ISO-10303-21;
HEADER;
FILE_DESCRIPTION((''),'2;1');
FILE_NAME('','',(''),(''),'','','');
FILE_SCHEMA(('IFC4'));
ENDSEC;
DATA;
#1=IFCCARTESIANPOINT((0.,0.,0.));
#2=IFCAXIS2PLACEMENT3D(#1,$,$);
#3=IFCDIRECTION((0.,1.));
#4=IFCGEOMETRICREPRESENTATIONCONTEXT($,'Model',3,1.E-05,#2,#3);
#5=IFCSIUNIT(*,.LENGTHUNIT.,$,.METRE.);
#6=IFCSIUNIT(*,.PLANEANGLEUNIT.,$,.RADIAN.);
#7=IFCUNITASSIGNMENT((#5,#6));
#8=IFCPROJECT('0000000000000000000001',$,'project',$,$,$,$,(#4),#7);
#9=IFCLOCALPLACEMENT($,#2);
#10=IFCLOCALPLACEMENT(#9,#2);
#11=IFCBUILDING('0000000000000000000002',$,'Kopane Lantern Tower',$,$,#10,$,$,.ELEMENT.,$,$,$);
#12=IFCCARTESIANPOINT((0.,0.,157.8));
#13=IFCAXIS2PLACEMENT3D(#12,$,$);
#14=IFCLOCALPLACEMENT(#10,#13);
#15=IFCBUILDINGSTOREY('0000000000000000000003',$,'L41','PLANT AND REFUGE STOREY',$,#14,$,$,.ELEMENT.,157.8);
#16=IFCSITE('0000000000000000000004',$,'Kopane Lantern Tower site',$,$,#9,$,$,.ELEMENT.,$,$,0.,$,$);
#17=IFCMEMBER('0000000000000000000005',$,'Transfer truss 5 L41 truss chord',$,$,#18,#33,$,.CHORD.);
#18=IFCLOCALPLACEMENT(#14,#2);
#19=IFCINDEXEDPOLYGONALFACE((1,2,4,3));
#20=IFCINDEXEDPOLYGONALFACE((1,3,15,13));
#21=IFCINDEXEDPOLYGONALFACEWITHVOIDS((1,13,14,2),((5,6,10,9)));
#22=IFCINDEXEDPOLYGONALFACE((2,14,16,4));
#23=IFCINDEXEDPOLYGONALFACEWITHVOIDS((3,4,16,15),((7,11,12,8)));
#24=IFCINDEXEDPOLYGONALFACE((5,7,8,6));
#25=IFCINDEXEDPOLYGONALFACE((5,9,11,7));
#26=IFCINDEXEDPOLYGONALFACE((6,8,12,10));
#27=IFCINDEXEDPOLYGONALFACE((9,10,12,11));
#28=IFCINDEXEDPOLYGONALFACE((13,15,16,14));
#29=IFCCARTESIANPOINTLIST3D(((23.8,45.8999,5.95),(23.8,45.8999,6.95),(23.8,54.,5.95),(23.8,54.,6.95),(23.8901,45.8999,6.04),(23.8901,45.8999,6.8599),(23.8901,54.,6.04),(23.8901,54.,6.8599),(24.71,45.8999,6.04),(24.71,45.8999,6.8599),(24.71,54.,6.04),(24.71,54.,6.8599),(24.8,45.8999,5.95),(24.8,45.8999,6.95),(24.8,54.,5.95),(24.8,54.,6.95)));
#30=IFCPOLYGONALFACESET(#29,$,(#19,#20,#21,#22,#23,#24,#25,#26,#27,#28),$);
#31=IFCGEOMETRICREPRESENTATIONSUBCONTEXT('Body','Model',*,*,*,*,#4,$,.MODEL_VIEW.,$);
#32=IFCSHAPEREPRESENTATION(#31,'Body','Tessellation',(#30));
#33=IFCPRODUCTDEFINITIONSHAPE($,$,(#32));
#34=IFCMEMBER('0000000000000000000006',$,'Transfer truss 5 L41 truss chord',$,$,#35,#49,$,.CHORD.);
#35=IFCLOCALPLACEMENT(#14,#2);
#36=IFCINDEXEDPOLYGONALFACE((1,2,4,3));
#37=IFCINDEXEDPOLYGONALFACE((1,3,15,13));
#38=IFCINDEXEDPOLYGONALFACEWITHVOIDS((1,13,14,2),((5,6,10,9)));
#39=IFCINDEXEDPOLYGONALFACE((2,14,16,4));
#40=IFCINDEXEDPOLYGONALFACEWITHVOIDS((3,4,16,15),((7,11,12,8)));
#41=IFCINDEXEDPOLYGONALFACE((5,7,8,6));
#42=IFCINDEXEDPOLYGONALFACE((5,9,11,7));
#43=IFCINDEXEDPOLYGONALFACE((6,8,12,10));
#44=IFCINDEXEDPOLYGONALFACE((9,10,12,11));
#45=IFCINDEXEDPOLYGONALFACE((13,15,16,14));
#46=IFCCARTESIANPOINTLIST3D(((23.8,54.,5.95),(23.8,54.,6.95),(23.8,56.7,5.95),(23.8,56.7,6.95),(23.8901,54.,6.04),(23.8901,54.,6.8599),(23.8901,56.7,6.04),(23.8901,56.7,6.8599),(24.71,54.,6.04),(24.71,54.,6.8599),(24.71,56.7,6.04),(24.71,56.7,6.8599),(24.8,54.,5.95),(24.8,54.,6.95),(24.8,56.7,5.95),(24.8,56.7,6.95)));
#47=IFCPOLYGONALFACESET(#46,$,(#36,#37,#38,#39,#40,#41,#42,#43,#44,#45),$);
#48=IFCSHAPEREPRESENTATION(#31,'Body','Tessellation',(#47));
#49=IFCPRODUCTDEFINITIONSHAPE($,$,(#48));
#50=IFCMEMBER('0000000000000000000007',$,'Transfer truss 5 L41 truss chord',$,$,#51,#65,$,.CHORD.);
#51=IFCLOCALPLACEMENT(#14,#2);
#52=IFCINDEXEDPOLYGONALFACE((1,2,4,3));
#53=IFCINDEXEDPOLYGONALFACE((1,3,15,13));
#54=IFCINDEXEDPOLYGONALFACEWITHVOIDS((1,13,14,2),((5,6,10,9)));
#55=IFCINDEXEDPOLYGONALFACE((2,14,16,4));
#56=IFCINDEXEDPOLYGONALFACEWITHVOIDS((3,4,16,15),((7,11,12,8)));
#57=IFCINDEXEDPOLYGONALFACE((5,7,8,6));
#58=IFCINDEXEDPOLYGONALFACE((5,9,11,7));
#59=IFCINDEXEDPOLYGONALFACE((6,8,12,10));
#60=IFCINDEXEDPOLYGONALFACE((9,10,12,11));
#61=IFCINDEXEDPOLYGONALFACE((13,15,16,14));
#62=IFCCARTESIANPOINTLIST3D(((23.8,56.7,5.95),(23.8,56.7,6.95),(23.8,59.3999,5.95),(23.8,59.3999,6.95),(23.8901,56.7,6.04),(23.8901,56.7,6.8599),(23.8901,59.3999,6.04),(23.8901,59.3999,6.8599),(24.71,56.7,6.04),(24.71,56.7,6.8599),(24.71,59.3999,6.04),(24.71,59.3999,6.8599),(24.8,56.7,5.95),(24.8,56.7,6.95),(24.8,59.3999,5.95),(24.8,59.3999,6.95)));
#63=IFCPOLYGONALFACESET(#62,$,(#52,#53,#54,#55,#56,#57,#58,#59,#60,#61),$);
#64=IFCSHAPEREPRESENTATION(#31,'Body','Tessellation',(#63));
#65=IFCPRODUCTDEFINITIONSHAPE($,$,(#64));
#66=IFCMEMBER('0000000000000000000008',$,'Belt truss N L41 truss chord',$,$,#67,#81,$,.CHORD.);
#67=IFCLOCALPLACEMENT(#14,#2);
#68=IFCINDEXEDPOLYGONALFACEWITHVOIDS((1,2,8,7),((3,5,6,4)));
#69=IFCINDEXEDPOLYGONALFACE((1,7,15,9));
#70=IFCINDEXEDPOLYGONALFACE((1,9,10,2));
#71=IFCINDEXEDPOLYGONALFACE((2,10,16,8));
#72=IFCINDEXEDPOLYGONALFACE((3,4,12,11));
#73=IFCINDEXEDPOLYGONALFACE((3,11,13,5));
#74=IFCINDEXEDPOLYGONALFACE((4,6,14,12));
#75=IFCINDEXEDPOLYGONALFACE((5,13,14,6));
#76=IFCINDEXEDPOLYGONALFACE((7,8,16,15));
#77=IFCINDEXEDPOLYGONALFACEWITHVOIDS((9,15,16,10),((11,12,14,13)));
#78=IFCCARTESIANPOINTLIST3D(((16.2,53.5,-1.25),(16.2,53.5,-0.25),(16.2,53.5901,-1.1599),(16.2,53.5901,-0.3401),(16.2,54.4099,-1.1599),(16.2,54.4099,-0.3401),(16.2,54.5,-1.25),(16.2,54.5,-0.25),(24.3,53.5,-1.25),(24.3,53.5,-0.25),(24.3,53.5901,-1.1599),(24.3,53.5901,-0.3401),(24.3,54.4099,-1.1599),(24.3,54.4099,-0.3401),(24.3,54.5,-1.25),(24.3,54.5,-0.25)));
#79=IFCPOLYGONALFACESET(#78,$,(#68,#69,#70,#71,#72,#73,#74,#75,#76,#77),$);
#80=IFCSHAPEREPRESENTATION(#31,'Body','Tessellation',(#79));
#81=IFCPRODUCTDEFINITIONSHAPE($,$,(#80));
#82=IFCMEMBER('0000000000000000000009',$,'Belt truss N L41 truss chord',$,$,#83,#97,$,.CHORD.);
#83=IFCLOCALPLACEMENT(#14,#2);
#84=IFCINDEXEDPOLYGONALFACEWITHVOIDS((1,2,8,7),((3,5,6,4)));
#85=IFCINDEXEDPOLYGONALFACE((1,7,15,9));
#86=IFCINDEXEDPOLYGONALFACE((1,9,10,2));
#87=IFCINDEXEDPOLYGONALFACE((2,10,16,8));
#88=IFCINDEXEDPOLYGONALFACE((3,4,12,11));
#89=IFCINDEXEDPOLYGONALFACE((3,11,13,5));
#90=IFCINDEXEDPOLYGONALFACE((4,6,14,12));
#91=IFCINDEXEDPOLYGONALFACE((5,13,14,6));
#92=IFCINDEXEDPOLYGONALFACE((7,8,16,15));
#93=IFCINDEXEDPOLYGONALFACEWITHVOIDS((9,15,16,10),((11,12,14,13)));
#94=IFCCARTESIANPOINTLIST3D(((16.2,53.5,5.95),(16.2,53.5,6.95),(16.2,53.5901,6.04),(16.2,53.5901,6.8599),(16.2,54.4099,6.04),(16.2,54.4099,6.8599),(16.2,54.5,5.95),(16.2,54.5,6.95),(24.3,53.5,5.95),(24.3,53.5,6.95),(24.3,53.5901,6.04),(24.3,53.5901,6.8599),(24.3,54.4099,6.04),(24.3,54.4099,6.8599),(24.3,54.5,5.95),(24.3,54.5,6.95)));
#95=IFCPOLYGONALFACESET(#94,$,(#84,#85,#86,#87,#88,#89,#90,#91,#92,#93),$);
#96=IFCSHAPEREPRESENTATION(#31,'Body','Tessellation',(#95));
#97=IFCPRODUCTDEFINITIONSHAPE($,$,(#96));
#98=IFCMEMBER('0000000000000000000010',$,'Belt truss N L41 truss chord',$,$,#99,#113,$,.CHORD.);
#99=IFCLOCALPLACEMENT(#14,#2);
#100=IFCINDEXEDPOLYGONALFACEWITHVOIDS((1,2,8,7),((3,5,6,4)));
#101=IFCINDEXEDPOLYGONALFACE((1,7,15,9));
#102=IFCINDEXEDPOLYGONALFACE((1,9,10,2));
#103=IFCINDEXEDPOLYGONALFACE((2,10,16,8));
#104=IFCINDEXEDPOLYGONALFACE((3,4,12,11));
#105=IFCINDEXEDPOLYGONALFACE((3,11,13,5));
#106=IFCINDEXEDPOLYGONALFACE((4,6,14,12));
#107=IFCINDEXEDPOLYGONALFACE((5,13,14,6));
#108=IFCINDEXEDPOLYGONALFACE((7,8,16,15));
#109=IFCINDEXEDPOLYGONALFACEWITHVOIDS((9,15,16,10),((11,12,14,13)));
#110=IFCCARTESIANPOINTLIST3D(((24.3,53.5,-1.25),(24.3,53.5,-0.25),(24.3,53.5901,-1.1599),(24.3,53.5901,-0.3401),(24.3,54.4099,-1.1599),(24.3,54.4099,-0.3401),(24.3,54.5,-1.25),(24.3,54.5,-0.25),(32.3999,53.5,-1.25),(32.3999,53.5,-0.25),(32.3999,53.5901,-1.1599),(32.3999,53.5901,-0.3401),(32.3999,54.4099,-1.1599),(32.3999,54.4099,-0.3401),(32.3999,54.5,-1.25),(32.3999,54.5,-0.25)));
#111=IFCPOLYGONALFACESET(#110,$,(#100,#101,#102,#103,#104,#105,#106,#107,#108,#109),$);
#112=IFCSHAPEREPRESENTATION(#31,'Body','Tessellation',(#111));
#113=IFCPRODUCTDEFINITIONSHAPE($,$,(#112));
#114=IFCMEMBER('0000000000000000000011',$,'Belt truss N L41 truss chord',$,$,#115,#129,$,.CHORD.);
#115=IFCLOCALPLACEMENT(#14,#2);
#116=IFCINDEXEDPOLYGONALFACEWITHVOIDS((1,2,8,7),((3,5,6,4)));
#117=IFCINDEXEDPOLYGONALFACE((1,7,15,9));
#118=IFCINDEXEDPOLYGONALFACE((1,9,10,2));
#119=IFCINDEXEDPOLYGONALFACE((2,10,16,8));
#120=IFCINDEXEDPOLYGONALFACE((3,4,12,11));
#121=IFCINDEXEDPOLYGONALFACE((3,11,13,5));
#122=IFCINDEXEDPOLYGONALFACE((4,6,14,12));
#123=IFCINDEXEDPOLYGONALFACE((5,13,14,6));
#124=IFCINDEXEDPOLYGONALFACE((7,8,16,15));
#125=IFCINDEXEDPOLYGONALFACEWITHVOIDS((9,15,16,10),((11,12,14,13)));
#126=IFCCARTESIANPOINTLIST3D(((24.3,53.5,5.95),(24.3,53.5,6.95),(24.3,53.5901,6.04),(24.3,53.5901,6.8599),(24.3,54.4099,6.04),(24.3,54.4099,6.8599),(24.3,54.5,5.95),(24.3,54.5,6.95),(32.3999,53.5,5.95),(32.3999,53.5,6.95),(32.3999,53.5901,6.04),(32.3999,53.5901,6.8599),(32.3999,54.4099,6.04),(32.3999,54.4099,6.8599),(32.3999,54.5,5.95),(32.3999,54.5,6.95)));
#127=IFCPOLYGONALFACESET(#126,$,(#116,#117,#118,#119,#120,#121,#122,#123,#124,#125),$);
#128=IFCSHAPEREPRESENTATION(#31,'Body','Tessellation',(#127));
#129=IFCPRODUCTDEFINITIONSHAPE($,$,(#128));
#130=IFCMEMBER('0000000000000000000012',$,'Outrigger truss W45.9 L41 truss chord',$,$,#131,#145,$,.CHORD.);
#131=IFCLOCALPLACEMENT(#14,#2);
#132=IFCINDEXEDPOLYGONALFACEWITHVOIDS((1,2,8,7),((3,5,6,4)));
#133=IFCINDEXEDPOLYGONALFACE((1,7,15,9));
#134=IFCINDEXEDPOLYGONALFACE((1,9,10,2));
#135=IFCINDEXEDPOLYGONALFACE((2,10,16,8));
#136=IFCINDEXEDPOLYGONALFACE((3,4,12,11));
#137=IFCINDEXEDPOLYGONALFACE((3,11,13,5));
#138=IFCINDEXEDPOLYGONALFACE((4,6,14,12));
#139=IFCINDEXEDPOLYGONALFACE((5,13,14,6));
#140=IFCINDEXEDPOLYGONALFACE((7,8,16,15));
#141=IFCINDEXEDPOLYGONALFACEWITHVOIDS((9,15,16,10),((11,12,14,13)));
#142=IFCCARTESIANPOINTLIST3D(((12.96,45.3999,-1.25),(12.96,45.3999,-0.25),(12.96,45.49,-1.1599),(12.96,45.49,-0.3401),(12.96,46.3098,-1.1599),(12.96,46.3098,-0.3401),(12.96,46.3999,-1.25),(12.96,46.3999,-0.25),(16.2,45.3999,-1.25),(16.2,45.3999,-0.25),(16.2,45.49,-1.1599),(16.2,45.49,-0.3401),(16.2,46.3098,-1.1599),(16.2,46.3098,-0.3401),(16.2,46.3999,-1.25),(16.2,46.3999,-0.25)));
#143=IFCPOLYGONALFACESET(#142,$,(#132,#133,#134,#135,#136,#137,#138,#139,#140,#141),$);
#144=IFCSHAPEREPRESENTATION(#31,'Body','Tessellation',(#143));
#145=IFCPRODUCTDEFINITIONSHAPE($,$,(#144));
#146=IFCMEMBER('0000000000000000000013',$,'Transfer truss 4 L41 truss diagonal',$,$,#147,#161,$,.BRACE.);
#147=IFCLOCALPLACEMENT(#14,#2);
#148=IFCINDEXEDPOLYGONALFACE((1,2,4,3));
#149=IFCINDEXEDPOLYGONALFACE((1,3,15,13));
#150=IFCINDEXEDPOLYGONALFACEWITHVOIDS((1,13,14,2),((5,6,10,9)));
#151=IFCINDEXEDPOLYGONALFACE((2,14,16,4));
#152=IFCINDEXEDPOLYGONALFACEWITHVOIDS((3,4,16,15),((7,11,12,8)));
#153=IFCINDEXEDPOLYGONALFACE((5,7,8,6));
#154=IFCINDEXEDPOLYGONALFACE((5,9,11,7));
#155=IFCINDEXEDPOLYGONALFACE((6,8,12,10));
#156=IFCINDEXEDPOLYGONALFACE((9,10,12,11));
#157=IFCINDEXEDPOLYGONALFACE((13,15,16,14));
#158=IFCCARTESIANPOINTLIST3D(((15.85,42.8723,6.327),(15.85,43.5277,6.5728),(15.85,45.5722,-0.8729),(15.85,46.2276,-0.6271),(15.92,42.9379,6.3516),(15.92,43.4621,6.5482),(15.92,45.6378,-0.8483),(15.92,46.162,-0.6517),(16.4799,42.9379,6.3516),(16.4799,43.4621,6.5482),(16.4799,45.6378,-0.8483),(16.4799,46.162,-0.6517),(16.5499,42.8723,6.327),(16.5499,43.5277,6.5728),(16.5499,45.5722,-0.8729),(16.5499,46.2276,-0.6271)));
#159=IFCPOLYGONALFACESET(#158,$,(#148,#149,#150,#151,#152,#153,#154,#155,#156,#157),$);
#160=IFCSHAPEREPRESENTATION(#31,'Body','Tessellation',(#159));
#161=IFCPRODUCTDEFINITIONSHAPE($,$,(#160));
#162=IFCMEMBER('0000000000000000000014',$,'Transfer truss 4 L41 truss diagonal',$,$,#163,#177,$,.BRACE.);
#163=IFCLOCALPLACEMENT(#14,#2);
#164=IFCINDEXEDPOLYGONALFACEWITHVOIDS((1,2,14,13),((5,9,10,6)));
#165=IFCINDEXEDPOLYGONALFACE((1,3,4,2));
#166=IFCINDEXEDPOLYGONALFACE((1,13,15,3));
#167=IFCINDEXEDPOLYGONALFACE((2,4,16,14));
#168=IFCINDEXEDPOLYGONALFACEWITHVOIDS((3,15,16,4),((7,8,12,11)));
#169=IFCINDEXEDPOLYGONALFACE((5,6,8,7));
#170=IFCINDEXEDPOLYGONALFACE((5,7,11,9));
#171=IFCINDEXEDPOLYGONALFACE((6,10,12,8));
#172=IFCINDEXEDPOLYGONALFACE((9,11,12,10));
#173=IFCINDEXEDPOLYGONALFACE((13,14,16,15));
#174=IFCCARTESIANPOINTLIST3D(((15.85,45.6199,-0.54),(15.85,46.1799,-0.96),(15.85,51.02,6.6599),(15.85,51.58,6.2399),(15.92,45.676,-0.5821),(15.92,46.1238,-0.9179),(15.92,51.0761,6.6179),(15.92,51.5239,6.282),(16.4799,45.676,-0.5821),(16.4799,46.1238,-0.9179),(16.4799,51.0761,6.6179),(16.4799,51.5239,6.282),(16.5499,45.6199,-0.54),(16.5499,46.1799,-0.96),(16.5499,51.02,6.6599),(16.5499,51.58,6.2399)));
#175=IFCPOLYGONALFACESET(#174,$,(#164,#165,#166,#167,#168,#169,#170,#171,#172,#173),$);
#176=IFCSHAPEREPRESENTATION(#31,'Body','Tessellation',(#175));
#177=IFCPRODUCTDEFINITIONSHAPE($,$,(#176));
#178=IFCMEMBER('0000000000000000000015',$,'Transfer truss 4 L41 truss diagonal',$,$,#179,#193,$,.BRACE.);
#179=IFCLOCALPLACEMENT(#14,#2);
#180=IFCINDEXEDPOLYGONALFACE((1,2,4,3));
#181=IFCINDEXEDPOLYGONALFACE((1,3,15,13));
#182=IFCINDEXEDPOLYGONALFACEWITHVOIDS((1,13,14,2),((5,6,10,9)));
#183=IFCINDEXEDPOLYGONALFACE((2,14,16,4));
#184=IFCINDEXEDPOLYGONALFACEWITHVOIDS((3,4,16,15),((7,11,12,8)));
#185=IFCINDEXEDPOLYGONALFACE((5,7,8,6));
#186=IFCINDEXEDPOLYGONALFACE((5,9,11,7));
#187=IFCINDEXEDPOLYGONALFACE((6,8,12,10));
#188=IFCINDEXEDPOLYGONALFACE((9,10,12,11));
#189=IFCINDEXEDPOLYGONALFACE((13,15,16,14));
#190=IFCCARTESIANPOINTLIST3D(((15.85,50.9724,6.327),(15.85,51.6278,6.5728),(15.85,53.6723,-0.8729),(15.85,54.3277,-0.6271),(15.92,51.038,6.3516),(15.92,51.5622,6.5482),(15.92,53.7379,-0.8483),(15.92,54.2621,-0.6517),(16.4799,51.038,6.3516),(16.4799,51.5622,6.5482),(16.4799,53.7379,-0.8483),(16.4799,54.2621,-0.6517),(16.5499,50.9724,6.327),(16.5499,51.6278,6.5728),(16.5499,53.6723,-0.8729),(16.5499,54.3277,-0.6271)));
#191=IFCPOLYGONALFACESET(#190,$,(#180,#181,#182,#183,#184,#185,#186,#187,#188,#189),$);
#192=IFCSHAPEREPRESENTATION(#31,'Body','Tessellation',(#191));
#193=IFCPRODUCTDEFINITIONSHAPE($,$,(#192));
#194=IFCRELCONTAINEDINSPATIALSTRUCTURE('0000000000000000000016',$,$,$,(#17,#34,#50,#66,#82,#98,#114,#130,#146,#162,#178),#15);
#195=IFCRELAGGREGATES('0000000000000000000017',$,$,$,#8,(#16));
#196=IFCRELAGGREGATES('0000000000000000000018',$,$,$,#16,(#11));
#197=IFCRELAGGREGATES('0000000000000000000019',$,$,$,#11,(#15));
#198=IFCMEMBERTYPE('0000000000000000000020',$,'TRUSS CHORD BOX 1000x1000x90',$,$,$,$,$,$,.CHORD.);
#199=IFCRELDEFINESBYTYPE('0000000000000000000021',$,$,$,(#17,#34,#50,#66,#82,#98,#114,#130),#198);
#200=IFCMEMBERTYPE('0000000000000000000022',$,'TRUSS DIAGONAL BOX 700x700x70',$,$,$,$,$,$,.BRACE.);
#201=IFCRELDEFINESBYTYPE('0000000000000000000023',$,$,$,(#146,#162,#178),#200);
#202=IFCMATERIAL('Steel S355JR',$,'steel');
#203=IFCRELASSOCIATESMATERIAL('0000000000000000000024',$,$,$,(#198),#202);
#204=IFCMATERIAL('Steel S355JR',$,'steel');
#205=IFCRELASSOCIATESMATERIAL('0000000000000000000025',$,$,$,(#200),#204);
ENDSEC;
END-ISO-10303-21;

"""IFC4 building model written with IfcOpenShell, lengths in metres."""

from ifc_helpers import new_model, si_unit, direction, frame, origin, origin_2d, place, context, subcontext, project, spatial, hollow_rectangle, extrude, material, material_profile, profile_set, type_object, element, save


model = new_model("IFC4")

# Units and contexts
model_context = context("Model", 3, precision=1e-05, world=origin(), true_north=direction((0.0, 1.0)))
body_context = subcontext(model_context, "Body", "Model", "MODEL_VIEW")
ifc_project = project(units=[si_unit("LENGTHUNIT", "METRE"), si_unit("PLANEANGLEUNIT", "RADIAN")], contexts=[model_context])

# Site, building, storey
site_placement = place(None, origin())
site = spatial("IfcSite", under=ifc_project, at=site_placement, Name="Kopane Lantern Tower site", CompositionType="ELEMENT", RefElevation=0.0)
building_placement = place(site_placement, origin())
building = spatial("IfcBuilding", under=site, at=building_placement, Name="Kopane Lantern Tower", CompositionType="ELEMENT")
storey_placement = place(building_placement, frame((0.0, 0.0, 157.8)))
storey = spatial("IfcBuildingStorey", under=building, at=storey_placement, Name="L41", Description="PLANT AND REFUGE STOREY", CompositionType="ELEMENT", Elevation=157.8)

# Members
ifc_material_1 = material(Name="Steel S355JR", Category="steel")
ifc_material_profile_1 = material_profile(ifc_material_1, hollow_rectangle(XDim=1.0, YDim=1.0, WallThickness=0.0901, at=origin_2d()), Name="BOX 1000x1000x90")
ifc_profile_set_1 = profile_set([ifc_material_profile_1], Name="Steel S355JR")
member_type_1 = type_object("IfcMemberType", Name="TRUSS CHORD BOX 1000x1000x90", PredefinedType="CHORD", material=ifc_profile_set_1)
member_1_placement = place(storey_placement, frame((24.3, 45.8999, 6.45), z_axis=(0.0, 1.0, 0.0), x_axis=(-1.0, 0.0, 0.0)))
element("IfcMember", 1, at=member_1_placement, inside=storey, type_object=member_type_1, Name="Transfer truss 5 L41 truss chord", PredefinedType="CHORD", context=body_context, shape_type="SweptSolid", body=[
    extrude(hollow_rectangle(XDim=1.0, YDim=1.0, WallThickness=0.0901, at=origin_2d()), origin(), (0.0, 0.0, 1.0), 8.1001),
])
for number, where, z_axis, x_axis, name in (
    (2, (24.3, 54.0, 6.45), (0.0, 1.0, 0.0), (-1.0, 0.0, 0.0), "Transfer truss 5 L41 truss chord"),
    (3, (24.3, 56.7, 6.45), (0.0, 1.0, 0.0), (-1.0, 0.0, 0.0), "Transfer truss 5 L41 truss chord"),
):
    element("IfcMember", number, at=place(storey_placement, frame(where, z_axis=z_axis, x_axis=x_axis)), inside=storey, type_object=member_type_1, Name=name, PredefinedType="CHORD", context=body_context, shape_type="SweptSolid", body=[
        extrude(hollow_rectangle(XDim=1.0, YDim=1.0, WallThickness=0.0901, at=origin_2d()), origin(), (0.0, 0.0, 1.0), 2.7),
    ])
for number, where, z_axis, x_axis, name in (
    (4, (16.2, 54.0, -0.75), (1.0, 0.0, 0.0), (0.0, 1.0, 0.0), "Belt truss N L41 truss chord"),
    (5, (16.2, 54.0, 6.45), (1.0, 0.0, 0.0), (0.0, 1.0, 0.0), "Belt truss N L41 truss chord"),
):
    element("IfcMember", number, at=place(storey_placement, frame(where, z_axis=z_axis, x_axis=x_axis)), inside=storey, type_object=member_type_1, Name=name, PredefinedType="CHORD", context=body_context, shape_type="SweptSolid", body=[
        extrude(hollow_rectangle(XDim=1.0, YDim=1.0, WallThickness=0.0901, at=origin_2d()), origin(), (0.0, 0.0, 1.0), 8.1001),
    ])
for number, where, z_axis, x_axis, name in (
    (6, (24.3, 54.0, -0.75), (1.0, 0.0, 0.0), (0.0, 1.0, 0.0), "Belt truss N L41 truss chord"),
    (7, (24.3, 54.0, 6.45), (1.0, 0.0, 0.0), (0.0, 1.0, 0.0), "Belt truss N L41 truss chord"),
):
    element("IfcMember", number, at=place(storey_placement, frame(where, z_axis=z_axis, x_axis=x_axis)), inside=storey, type_object=member_type_1, Name=name, PredefinedType="CHORD", context=body_context, shape_type="SweptSolid", body=[
        extrude(hollow_rectangle(XDim=1.0, YDim=1.0, WallThickness=0.0901, at=origin_2d()), origin(), (0.0, 0.0, 1.0), 8.0999),
    ])
member_2_placement = place(storey_placement, frame((12.96, 45.8999, -0.75), z_axis=(1.0, 0.0, 0.0), x_axis=(0.0, 1.0, 0.0)))
element("IfcMember", 8, at=member_2_placement, inside=storey, type_object=member_type_1, Name="Outrigger truss W45.9 L41 truss chord", PredefinedType="CHORD", context=body_context, shape_type="SweptSolid", body=[
    extrude(hollow_rectangle(XDim=1.0, YDim=1.0, WallThickness=0.0901, at=origin_2d()), origin(), (0.0, 0.0, 1.0), 3.24),
])
ifc_material_2 = material(Name="Steel S355JR", Category="steel")
ifc_material_profile_2 = material_profile(ifc_material_2, hollow_rectangle(XDim=0.7, YDim=0.7, WallThickness=0.0701, at=origin_2d()), Name="BOX 700x700x70")
ifc_profile_set_2 = profile_set([ifc_material_profile_2], Name="Steel S355JR")
member_type_2 = type_object("IfcMemberType", Name="TRUSS DIAGONAL BOX 700x700x70", PredefinedType="BRACE", material=ifc_profile_set_2)
member_3_placement = place(storey_placement, frame((16.2, 45.8999, -0.75), z_axis=(0.0, -0.35112, 0.93633), x_axis=(1.0, 0.0, 0.0)))
element("IfcMember", 9, at=member_3_placement, inside=storey, type_object=member_type_2, Name="Transfer truss 4 L41 truss diagonal", PredefinedType="BRACE", context=body_context, shape_type="SweptSolid", body=[
    extrude(hollow_rectangle(XDim=0.7, YDim=0.7, WallThickness=0.0701, at=origin_2d()), origin(), (0.0, 0.0, 1.0), 7.6895),
])
member_4_placement = place(storey_placement, frame((16.2, 45.8999, -0.75), z_axis=(0.0, 0.600013, 0.79999), x_axis=(-1.0, 0.0, 0.0)))
element("IfcMember", 10, at=member_4_placement, inside=storey, type_object=member_type_2, Name="Transfer truss 4 L41 truss diagonal", PredefinedType="BRACE", context=body_context, shape_type="SweptSolid", body=[
    extrude(hollow_rectangle(XDim=0.7, YDim=0.7, WallThickness=0.0701, at=origin_2d()), origin(), (0.0, 0.0, 1.0), 9.0),
])
member_5_placement = place(storey_placement, frame((16.2, 54.0, -0.75), z_axis=(0.0, -0.35112, 0.93633), x_axis=(1.0, 0.0, 0.0)))
element("IfcMember", 11, at=member_5_placement, inside=storey, type_object=member_type_2, Name="Transfer truss 4 L41 truss diagonal", PredefinedType="BRACE", context=body_context, shape_type="SweptSolid", body=[
    extrude(hollow_rectangle(XDim=0.7, YDim=0.7, WallThickness=0.0701, at=origin_2d()), origin(), (0.0, 0.0, 1.0), 7.6895),
])

save(model, "model.ifc")
